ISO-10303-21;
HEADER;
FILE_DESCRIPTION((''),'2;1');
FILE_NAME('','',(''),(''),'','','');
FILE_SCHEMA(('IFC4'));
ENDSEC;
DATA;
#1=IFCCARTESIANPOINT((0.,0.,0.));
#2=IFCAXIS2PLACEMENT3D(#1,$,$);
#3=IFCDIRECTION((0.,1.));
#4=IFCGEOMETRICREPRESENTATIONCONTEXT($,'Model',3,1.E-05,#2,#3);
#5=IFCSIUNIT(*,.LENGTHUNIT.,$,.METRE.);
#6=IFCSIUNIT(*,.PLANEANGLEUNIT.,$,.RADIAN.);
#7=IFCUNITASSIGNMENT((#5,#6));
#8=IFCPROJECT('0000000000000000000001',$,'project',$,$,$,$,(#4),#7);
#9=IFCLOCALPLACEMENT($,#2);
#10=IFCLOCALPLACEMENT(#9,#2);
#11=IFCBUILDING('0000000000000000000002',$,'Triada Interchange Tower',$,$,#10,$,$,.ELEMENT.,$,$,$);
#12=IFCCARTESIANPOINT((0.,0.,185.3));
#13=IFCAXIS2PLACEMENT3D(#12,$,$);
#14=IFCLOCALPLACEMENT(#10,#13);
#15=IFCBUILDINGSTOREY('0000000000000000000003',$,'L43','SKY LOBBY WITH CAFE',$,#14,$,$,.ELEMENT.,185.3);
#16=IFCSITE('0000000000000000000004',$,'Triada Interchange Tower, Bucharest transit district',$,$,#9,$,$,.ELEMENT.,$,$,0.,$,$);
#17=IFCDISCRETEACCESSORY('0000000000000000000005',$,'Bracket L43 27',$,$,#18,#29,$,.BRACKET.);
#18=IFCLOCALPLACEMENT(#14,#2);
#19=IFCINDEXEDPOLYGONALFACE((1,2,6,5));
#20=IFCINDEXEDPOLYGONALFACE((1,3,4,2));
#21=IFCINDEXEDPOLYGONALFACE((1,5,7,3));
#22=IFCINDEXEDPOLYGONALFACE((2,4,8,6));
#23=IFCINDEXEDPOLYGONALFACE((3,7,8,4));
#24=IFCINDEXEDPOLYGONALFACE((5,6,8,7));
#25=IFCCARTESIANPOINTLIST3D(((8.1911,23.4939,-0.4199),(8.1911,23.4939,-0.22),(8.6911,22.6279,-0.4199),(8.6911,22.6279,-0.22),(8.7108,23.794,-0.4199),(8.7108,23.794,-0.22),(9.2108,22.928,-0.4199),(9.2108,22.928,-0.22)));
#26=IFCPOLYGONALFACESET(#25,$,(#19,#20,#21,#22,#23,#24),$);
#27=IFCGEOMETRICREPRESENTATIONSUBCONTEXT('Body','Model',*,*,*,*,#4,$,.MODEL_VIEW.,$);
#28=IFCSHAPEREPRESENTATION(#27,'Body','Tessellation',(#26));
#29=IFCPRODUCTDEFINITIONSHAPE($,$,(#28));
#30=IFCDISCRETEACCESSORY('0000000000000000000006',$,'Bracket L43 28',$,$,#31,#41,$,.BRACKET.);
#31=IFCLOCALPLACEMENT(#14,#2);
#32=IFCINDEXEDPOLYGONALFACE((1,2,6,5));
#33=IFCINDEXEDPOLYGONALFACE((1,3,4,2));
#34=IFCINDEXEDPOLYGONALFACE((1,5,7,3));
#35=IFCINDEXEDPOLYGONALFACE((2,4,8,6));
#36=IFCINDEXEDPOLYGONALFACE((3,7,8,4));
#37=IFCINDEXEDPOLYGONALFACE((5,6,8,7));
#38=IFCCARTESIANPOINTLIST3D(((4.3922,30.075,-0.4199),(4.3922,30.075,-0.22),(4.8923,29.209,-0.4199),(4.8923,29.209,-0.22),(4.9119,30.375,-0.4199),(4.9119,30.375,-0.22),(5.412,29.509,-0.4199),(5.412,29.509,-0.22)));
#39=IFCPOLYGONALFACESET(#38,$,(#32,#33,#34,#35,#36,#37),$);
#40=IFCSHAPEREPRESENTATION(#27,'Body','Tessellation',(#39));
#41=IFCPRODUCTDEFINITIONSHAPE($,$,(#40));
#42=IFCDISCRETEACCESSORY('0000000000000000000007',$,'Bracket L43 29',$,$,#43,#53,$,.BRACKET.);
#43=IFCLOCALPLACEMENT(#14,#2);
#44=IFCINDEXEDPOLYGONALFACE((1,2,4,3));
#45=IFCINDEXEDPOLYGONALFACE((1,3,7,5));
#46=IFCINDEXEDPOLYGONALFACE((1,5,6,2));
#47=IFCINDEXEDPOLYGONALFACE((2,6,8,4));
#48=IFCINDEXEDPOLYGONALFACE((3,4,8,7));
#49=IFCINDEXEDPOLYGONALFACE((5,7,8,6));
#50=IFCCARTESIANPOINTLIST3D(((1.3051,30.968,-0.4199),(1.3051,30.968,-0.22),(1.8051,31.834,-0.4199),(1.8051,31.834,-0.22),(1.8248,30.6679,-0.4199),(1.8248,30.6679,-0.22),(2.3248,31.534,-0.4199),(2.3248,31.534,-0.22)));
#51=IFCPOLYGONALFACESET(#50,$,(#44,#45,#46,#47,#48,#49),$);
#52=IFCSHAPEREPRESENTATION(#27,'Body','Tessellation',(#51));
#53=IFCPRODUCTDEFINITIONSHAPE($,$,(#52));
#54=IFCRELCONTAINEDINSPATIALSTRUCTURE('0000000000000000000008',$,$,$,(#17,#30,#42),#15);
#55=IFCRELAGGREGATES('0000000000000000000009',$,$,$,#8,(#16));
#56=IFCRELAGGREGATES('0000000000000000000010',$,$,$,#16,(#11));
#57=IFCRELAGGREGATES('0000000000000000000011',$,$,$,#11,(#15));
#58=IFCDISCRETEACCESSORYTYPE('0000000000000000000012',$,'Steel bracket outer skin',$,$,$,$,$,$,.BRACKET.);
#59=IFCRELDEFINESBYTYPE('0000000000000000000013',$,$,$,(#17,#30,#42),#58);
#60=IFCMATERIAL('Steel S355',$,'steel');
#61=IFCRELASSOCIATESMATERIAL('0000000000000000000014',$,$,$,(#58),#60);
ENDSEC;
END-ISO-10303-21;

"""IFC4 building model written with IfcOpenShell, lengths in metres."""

from ifc_helpers import new_model, si_unit, direction, frame, origin, origin_2d, place, context, subcontext, project, spatial, rectangle, extrude, material, type_object, element, save


model = new_model("IFC4")

# Units and contexts
model_context = context("Model", 3, precision=1e-05, world=origin(), true_north=direction((0.0, 1.0)))
body_context = subcontext(model_context, "Body", "Model", "MODEL_VIEW")
ifc_project = project(units=[si_unit("LENGTHUNIT", "METRE"), si_unit("PLANEANGLEUNIT", "RADIAN")], contexts=[model_context])

# Site, building, storey
site_placement = place(None, origin())
site = spatial("IfcSite", under=ifc_project, at=site_placement, Name="Triada Interchange Tower, Bucharest transit district", CompositionType="ELEMENT", RefElevation=0.0)
building_placement = place(site_placement, origin())
building = spatial("IfcBuilding", under=site, at=building_placement, Name="Triada Interchange Tower", CompositionType="ELEMENT")
storey_placement = place(building_placement, frame((0.0, 0.0, 185.3)))
storey = spatial("IfcBuildingStorey", under=building, at=storey_placement, Name="L43", Description="SKY LOBBY WITH CAFE", CompositionType="ELEMENT", Elevation=185.3)

# Discrete accessories
ifc_material_1 = material(Name="Steel S355", Category="steel")
discrete_accessory_type = type_object("IfcDiscreteAccessoryType", Name="Steel bracket outer skin", PredefinedType="BRACKET", material=ifc_material_1)
for number, where, z_axis, x_axis, name in (
    (1, (8.7009, 23.2109, -0.4199), (0.0, 0.0, 1.0), (0.866022, 0.500006, 0.0), "Bracket L43 27"),
    (2, (4.9021, 29.792, -0.4199), (0.0, 0.0, 1.0), (0.866022, 0.500006, 0.0), "Bracket L43 28"),
    (3, (1.8149, 31.251, -0.4199), (0.0, 0.0, 1.0), (-0.866024, 0.500002, 0.0), "Bracket L43 29"),
):
    element("IfcDiscreteAccessory", number, at=place(storey_placement, frame(where, z_axis=z_axis, x_axis=x_axis)), inside=storey, type_object=discrete_accessory_type, Name=name, PredefinedType="BRACKET", context=body_context, shape_type="SweptSolid", body=[
        extrude(rectangle(XDim=0.6001, YDim=1.0, at=origin_2d()), origin(), (0.0, 0.0, 1.0), 0.2),
    ])

save(model, "model.ifc")
